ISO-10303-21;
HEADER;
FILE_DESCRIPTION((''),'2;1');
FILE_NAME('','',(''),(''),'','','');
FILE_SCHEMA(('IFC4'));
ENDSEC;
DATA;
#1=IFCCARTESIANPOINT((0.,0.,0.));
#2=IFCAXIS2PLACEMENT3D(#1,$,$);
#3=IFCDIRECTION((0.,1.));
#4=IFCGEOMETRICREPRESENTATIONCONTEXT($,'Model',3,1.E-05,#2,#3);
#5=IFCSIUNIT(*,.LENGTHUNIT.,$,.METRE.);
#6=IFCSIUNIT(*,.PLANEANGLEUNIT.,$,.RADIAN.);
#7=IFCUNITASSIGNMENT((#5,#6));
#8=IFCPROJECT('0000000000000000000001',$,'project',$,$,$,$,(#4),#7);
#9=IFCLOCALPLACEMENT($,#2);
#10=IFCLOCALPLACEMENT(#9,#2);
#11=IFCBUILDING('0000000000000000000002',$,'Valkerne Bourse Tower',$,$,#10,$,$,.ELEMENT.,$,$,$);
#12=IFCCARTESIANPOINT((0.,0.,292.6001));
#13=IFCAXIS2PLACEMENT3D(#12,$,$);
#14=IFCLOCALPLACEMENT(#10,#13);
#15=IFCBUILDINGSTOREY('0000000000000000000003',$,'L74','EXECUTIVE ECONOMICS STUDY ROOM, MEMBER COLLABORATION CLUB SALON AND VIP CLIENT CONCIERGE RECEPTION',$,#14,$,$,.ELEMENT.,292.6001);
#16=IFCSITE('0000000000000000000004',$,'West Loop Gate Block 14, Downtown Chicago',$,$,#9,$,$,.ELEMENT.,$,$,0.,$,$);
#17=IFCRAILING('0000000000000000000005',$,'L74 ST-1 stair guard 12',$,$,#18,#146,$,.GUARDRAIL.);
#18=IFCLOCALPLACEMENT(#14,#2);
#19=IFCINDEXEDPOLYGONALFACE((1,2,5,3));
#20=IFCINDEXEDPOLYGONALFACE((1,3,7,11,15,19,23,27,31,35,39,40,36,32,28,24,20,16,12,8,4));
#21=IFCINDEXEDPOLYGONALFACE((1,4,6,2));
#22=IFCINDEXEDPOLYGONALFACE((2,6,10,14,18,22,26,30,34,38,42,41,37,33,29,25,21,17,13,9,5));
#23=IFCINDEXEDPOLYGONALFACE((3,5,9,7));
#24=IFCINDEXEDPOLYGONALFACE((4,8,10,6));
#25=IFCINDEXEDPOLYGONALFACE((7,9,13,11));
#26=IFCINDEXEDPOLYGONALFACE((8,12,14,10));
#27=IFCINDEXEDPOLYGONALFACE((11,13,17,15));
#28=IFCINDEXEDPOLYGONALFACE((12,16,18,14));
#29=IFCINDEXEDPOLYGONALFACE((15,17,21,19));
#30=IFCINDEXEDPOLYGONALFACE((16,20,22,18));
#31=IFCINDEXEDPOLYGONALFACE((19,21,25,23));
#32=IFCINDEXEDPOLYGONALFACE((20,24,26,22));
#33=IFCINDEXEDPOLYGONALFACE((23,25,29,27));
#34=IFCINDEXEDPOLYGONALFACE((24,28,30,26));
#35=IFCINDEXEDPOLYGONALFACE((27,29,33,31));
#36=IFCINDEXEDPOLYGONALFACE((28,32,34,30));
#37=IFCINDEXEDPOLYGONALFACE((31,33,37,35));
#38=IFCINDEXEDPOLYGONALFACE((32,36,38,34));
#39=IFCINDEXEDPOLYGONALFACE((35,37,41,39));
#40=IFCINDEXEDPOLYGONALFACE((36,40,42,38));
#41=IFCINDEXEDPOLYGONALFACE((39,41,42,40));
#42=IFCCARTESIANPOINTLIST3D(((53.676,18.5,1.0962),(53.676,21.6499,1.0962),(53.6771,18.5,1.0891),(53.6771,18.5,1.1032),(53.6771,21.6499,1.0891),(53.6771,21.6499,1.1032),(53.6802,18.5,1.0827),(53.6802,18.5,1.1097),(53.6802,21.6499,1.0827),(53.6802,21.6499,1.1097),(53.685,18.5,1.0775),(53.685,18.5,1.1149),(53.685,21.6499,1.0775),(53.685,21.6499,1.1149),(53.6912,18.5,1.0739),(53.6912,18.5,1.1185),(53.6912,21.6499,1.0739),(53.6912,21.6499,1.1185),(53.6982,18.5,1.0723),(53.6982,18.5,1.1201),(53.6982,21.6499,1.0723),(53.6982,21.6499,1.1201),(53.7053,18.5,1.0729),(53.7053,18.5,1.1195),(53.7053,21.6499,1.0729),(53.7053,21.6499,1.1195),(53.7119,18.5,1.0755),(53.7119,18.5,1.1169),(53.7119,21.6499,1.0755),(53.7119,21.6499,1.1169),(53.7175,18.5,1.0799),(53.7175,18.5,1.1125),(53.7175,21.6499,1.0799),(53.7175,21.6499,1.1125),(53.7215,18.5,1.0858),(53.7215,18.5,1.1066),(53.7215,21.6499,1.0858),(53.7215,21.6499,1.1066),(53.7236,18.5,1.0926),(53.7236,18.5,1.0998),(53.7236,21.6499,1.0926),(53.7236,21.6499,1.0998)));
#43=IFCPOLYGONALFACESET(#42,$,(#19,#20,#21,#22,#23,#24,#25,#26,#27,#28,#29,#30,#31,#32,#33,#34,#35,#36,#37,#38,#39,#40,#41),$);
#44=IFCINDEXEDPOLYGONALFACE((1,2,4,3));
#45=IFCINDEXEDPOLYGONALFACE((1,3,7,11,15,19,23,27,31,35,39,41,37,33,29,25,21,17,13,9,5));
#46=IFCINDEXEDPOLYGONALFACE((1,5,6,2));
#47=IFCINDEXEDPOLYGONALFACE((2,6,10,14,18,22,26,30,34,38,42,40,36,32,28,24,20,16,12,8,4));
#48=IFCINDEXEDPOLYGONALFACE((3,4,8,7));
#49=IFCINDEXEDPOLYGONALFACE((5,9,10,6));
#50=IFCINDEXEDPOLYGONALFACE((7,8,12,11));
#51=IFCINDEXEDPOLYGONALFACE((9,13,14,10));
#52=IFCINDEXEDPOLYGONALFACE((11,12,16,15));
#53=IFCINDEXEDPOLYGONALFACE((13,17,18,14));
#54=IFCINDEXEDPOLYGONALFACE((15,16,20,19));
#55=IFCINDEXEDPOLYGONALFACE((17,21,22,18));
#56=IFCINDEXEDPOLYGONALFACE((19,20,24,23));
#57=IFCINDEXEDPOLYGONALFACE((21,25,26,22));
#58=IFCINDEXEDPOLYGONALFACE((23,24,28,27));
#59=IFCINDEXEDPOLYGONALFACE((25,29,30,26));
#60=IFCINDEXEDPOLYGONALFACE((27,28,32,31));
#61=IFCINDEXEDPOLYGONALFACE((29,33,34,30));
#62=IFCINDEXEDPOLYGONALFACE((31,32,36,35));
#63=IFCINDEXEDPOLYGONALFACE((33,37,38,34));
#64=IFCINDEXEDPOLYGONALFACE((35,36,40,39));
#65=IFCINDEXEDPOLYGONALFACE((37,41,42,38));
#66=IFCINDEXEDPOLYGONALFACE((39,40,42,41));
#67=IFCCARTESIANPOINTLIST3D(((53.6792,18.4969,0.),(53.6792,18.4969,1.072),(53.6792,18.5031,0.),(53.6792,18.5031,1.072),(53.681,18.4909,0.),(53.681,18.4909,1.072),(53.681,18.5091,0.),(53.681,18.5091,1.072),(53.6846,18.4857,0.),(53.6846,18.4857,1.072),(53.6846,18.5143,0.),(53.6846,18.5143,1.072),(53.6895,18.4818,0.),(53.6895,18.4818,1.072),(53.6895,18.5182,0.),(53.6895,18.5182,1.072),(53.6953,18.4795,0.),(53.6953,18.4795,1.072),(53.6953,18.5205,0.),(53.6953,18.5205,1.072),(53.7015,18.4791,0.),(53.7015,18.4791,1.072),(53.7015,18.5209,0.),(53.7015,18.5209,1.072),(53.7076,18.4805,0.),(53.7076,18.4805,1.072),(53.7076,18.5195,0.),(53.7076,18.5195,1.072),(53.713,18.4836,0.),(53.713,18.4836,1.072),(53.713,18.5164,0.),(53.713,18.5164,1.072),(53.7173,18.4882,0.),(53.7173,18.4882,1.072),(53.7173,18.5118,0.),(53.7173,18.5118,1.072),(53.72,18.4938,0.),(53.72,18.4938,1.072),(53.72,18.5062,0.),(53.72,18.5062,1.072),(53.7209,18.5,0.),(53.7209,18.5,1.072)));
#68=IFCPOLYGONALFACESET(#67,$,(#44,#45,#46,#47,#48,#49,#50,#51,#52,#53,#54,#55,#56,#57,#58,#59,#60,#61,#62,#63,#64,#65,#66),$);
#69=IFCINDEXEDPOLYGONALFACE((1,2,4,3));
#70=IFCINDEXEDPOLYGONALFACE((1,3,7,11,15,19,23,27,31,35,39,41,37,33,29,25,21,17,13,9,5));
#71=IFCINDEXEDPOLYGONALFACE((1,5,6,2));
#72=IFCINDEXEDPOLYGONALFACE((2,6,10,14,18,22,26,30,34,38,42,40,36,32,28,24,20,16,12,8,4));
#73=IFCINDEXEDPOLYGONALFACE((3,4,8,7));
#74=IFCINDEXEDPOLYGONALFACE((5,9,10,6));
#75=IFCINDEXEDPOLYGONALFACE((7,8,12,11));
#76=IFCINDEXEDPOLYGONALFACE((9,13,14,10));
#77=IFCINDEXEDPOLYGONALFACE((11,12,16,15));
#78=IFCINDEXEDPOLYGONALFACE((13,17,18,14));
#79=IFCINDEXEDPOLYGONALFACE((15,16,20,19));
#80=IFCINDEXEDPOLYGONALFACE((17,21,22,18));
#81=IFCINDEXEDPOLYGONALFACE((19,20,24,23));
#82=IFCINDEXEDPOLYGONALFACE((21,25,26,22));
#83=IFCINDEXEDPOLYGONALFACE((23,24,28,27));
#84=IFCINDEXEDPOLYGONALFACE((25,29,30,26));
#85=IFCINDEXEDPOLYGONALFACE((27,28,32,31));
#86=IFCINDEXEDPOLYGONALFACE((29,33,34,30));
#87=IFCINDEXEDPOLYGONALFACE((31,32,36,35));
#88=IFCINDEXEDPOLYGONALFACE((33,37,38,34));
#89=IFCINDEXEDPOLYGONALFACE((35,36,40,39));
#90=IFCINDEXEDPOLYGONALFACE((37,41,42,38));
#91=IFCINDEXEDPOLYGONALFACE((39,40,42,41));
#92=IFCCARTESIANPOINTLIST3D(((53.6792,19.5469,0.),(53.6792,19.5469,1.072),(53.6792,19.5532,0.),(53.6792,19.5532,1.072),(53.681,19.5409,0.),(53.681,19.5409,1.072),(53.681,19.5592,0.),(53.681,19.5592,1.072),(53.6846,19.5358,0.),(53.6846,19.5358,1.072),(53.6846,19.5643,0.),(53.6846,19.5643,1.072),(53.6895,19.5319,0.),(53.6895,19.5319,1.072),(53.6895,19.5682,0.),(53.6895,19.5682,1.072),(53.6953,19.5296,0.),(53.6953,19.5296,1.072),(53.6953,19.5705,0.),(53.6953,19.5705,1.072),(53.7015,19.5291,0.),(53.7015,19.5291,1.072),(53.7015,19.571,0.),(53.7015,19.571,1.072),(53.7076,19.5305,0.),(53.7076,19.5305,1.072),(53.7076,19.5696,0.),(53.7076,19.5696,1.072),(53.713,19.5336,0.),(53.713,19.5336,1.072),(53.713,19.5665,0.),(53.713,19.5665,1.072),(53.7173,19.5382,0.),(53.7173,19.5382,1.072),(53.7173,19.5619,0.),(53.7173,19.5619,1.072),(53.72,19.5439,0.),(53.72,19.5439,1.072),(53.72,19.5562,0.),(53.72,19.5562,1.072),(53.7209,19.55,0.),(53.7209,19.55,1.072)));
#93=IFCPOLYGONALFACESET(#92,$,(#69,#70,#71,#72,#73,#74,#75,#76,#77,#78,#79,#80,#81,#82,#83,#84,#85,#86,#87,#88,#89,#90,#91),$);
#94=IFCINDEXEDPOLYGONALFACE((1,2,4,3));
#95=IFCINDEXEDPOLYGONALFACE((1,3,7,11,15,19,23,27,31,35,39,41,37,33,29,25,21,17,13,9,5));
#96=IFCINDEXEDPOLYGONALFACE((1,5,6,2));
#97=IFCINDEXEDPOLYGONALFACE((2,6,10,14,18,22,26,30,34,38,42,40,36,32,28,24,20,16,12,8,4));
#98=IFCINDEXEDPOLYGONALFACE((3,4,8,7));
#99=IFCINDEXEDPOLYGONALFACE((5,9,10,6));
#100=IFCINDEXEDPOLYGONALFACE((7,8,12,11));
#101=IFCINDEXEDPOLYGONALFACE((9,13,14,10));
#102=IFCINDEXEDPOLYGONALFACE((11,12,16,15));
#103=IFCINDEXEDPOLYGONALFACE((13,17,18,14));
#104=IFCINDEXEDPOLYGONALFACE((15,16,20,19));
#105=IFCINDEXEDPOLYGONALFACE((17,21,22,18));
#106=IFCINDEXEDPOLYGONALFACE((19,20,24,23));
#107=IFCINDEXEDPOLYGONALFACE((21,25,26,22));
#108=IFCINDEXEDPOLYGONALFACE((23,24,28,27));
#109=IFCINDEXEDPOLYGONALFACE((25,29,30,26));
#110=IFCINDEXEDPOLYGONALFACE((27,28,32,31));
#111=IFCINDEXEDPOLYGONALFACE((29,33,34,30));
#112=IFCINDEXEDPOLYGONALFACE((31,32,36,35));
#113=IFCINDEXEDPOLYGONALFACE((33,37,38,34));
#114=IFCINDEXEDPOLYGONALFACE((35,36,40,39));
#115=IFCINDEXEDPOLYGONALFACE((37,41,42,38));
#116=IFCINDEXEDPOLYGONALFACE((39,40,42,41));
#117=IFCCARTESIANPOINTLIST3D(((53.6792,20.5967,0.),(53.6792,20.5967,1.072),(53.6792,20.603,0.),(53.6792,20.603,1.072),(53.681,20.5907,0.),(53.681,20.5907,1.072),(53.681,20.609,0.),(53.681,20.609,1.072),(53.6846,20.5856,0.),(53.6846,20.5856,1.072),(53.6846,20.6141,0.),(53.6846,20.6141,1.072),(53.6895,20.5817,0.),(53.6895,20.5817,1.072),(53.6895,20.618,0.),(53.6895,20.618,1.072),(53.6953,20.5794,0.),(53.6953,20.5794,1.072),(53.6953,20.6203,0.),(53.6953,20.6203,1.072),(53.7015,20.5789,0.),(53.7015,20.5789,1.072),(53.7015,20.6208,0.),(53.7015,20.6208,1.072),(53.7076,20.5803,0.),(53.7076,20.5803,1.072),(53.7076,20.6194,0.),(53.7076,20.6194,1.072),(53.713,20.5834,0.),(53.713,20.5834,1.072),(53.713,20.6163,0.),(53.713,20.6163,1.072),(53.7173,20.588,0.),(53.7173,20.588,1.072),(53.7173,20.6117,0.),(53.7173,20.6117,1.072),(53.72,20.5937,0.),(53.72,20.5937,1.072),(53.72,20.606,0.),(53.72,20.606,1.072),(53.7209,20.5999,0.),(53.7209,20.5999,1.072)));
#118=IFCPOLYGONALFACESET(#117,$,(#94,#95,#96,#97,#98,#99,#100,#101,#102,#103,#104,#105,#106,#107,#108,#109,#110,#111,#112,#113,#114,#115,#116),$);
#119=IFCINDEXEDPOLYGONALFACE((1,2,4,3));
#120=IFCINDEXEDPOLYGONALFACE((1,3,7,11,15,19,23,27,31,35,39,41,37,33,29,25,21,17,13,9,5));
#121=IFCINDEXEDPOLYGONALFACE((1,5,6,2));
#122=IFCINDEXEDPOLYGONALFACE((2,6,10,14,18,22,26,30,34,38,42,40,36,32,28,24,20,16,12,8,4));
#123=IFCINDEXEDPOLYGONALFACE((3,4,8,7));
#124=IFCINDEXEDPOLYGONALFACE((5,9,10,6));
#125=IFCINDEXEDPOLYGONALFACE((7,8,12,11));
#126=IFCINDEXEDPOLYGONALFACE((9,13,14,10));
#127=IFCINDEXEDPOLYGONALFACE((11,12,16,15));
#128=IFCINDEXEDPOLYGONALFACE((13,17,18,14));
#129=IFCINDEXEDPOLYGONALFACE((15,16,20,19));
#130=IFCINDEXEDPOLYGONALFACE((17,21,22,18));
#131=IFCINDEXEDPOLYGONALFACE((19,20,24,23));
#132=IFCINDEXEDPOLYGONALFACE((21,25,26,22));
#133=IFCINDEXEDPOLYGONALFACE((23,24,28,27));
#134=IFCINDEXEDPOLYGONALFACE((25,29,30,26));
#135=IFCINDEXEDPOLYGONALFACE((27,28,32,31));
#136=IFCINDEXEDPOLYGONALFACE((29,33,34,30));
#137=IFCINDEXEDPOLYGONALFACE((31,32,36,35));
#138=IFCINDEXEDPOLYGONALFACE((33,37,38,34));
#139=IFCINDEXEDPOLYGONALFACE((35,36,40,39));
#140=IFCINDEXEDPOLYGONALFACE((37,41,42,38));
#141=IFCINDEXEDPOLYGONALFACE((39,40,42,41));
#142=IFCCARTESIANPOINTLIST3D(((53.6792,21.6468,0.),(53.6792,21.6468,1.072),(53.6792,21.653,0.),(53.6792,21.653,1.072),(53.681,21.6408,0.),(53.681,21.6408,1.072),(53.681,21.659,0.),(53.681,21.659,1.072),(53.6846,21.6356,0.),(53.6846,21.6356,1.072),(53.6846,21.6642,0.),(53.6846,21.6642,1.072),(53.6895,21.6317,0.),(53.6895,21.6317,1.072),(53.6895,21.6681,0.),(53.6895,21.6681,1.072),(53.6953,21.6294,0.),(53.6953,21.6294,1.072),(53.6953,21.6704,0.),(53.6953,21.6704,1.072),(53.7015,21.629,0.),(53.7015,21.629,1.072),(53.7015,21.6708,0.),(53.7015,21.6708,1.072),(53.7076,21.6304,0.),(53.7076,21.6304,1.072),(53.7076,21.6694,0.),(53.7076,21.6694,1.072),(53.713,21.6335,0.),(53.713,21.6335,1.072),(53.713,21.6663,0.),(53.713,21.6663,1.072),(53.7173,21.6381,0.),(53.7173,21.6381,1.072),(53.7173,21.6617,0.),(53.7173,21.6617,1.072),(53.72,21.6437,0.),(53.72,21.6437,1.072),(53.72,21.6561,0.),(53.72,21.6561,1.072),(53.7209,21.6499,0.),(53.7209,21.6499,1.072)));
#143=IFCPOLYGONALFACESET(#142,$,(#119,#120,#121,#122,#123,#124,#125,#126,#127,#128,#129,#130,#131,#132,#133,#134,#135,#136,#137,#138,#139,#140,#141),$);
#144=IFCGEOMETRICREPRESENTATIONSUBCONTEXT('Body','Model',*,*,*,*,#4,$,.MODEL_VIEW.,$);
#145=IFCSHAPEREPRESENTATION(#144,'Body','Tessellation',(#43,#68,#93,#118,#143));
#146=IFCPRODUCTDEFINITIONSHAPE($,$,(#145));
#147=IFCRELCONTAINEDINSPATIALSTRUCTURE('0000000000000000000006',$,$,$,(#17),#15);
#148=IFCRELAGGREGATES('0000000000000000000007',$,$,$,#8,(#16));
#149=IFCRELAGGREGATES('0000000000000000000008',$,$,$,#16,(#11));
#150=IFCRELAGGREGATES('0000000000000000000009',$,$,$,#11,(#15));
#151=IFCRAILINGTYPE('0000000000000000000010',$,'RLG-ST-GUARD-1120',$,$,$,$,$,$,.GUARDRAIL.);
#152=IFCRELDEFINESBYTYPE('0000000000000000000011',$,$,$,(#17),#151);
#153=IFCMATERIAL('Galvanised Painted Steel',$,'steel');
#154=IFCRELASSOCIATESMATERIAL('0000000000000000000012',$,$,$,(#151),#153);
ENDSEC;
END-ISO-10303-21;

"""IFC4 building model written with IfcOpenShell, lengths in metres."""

from ifc_helpers import new_model, si_unit, direction, frame, origin, origin_2d, place, context, subcontext, project, spatial, circle, extrude, material, type_object, element, save


model = new_model("IFC4")

# Units and contexts
model_context = context("Model", 3, precision=1e-05, world=origin(), true_north=direction((0.0, 1.0)))
body_context = subcontext(model_context, "Body", "Model", "MODEL_VIEW")
ifc_project = project(units=[si_unit("LENGTHUNIT", "METRE"), si_unit("PLANEANGLEUNIT", "RADIAN")], contexts=[model_context])

# Site, building, storey
site_placement = place(None, origin())
site = spatial("IfcSite", under=ifc_project, at=site_placement, Name="West Loop Gate Block 14, Downtown Chicago", CompositionType="ELEMENT", RefElevation=0.0)
building_placement = place(site_placement, origin())
building = spatial("IfcBuilding", under=site, at=building_placement, Name="Valkerne Bourse Tower", CompositionType="ELEMENT")
storey_placement = place(building_placement, frame((0.0, 0.0, 292.6001)))
storey = spatial("IfcBuildingStorey", under=building, at=storey_placement, Name="L74", Description="EXECUTIVE ECONOMICS STUDY ROOM, MEMBER COLLABORATION CLUB SALON AND VIP CLIENT CONCIERGE RECEPTION", CompositionType="ELEMENT", Elevation=292.6001)

# Railing
ifc_material_1 = material(Name="Galvanised Painted Steel", Category="steel")
railing_type = type_object("IfcRailingType", Name="RLG-ST-GUARD-1120", PredefinedType="GUARDRAIL", material=ifc_material_1)
railing_1_placement = place(storey_placement, frame((53.7, 18.5, 0.0)))
element("IfcRailing", 1, at=railing_1_placement, inside=storey, type_object=railing_type, Name="L74 ST-1 stair guard 12", PredefinedType="GUARDRAIL", context=body_context, shape_type="SweptSolid", body=[
    extrude(circle(Radius=0.0239, at=origin_2d()), frame((0.0, 0.0, 1.0962), z_axis=(0.0, 1.0, 0.0), x_axis=(-1.0, 0.0, 0.0)), (0.0, 0.0, 1.0), 3.1499),
    extrude(circle(Radius=0.021, at=origin_2d()), origin(), (0.0, 0.0, 1.0), 1.072),
    extrude(circle(Radius=0.021, at=origin_2d()), frame((0.0, 1.05, 0.0)), (0.0, 0.0, 1.0), 1.072),
    extrude(circle(Radius=0.021, at=origin_2d()), frame((0.0, 2.0999, 0.0)), (0.0, 0.0, 1.0), 1.072),
    extrude(circle(Radius=0.021, at=origin_2d()), frame((0.0, 3.1499, 0.0)), (0.0, 0.0, 1.0), 1.072),
])

save(model, "model.ifc")
